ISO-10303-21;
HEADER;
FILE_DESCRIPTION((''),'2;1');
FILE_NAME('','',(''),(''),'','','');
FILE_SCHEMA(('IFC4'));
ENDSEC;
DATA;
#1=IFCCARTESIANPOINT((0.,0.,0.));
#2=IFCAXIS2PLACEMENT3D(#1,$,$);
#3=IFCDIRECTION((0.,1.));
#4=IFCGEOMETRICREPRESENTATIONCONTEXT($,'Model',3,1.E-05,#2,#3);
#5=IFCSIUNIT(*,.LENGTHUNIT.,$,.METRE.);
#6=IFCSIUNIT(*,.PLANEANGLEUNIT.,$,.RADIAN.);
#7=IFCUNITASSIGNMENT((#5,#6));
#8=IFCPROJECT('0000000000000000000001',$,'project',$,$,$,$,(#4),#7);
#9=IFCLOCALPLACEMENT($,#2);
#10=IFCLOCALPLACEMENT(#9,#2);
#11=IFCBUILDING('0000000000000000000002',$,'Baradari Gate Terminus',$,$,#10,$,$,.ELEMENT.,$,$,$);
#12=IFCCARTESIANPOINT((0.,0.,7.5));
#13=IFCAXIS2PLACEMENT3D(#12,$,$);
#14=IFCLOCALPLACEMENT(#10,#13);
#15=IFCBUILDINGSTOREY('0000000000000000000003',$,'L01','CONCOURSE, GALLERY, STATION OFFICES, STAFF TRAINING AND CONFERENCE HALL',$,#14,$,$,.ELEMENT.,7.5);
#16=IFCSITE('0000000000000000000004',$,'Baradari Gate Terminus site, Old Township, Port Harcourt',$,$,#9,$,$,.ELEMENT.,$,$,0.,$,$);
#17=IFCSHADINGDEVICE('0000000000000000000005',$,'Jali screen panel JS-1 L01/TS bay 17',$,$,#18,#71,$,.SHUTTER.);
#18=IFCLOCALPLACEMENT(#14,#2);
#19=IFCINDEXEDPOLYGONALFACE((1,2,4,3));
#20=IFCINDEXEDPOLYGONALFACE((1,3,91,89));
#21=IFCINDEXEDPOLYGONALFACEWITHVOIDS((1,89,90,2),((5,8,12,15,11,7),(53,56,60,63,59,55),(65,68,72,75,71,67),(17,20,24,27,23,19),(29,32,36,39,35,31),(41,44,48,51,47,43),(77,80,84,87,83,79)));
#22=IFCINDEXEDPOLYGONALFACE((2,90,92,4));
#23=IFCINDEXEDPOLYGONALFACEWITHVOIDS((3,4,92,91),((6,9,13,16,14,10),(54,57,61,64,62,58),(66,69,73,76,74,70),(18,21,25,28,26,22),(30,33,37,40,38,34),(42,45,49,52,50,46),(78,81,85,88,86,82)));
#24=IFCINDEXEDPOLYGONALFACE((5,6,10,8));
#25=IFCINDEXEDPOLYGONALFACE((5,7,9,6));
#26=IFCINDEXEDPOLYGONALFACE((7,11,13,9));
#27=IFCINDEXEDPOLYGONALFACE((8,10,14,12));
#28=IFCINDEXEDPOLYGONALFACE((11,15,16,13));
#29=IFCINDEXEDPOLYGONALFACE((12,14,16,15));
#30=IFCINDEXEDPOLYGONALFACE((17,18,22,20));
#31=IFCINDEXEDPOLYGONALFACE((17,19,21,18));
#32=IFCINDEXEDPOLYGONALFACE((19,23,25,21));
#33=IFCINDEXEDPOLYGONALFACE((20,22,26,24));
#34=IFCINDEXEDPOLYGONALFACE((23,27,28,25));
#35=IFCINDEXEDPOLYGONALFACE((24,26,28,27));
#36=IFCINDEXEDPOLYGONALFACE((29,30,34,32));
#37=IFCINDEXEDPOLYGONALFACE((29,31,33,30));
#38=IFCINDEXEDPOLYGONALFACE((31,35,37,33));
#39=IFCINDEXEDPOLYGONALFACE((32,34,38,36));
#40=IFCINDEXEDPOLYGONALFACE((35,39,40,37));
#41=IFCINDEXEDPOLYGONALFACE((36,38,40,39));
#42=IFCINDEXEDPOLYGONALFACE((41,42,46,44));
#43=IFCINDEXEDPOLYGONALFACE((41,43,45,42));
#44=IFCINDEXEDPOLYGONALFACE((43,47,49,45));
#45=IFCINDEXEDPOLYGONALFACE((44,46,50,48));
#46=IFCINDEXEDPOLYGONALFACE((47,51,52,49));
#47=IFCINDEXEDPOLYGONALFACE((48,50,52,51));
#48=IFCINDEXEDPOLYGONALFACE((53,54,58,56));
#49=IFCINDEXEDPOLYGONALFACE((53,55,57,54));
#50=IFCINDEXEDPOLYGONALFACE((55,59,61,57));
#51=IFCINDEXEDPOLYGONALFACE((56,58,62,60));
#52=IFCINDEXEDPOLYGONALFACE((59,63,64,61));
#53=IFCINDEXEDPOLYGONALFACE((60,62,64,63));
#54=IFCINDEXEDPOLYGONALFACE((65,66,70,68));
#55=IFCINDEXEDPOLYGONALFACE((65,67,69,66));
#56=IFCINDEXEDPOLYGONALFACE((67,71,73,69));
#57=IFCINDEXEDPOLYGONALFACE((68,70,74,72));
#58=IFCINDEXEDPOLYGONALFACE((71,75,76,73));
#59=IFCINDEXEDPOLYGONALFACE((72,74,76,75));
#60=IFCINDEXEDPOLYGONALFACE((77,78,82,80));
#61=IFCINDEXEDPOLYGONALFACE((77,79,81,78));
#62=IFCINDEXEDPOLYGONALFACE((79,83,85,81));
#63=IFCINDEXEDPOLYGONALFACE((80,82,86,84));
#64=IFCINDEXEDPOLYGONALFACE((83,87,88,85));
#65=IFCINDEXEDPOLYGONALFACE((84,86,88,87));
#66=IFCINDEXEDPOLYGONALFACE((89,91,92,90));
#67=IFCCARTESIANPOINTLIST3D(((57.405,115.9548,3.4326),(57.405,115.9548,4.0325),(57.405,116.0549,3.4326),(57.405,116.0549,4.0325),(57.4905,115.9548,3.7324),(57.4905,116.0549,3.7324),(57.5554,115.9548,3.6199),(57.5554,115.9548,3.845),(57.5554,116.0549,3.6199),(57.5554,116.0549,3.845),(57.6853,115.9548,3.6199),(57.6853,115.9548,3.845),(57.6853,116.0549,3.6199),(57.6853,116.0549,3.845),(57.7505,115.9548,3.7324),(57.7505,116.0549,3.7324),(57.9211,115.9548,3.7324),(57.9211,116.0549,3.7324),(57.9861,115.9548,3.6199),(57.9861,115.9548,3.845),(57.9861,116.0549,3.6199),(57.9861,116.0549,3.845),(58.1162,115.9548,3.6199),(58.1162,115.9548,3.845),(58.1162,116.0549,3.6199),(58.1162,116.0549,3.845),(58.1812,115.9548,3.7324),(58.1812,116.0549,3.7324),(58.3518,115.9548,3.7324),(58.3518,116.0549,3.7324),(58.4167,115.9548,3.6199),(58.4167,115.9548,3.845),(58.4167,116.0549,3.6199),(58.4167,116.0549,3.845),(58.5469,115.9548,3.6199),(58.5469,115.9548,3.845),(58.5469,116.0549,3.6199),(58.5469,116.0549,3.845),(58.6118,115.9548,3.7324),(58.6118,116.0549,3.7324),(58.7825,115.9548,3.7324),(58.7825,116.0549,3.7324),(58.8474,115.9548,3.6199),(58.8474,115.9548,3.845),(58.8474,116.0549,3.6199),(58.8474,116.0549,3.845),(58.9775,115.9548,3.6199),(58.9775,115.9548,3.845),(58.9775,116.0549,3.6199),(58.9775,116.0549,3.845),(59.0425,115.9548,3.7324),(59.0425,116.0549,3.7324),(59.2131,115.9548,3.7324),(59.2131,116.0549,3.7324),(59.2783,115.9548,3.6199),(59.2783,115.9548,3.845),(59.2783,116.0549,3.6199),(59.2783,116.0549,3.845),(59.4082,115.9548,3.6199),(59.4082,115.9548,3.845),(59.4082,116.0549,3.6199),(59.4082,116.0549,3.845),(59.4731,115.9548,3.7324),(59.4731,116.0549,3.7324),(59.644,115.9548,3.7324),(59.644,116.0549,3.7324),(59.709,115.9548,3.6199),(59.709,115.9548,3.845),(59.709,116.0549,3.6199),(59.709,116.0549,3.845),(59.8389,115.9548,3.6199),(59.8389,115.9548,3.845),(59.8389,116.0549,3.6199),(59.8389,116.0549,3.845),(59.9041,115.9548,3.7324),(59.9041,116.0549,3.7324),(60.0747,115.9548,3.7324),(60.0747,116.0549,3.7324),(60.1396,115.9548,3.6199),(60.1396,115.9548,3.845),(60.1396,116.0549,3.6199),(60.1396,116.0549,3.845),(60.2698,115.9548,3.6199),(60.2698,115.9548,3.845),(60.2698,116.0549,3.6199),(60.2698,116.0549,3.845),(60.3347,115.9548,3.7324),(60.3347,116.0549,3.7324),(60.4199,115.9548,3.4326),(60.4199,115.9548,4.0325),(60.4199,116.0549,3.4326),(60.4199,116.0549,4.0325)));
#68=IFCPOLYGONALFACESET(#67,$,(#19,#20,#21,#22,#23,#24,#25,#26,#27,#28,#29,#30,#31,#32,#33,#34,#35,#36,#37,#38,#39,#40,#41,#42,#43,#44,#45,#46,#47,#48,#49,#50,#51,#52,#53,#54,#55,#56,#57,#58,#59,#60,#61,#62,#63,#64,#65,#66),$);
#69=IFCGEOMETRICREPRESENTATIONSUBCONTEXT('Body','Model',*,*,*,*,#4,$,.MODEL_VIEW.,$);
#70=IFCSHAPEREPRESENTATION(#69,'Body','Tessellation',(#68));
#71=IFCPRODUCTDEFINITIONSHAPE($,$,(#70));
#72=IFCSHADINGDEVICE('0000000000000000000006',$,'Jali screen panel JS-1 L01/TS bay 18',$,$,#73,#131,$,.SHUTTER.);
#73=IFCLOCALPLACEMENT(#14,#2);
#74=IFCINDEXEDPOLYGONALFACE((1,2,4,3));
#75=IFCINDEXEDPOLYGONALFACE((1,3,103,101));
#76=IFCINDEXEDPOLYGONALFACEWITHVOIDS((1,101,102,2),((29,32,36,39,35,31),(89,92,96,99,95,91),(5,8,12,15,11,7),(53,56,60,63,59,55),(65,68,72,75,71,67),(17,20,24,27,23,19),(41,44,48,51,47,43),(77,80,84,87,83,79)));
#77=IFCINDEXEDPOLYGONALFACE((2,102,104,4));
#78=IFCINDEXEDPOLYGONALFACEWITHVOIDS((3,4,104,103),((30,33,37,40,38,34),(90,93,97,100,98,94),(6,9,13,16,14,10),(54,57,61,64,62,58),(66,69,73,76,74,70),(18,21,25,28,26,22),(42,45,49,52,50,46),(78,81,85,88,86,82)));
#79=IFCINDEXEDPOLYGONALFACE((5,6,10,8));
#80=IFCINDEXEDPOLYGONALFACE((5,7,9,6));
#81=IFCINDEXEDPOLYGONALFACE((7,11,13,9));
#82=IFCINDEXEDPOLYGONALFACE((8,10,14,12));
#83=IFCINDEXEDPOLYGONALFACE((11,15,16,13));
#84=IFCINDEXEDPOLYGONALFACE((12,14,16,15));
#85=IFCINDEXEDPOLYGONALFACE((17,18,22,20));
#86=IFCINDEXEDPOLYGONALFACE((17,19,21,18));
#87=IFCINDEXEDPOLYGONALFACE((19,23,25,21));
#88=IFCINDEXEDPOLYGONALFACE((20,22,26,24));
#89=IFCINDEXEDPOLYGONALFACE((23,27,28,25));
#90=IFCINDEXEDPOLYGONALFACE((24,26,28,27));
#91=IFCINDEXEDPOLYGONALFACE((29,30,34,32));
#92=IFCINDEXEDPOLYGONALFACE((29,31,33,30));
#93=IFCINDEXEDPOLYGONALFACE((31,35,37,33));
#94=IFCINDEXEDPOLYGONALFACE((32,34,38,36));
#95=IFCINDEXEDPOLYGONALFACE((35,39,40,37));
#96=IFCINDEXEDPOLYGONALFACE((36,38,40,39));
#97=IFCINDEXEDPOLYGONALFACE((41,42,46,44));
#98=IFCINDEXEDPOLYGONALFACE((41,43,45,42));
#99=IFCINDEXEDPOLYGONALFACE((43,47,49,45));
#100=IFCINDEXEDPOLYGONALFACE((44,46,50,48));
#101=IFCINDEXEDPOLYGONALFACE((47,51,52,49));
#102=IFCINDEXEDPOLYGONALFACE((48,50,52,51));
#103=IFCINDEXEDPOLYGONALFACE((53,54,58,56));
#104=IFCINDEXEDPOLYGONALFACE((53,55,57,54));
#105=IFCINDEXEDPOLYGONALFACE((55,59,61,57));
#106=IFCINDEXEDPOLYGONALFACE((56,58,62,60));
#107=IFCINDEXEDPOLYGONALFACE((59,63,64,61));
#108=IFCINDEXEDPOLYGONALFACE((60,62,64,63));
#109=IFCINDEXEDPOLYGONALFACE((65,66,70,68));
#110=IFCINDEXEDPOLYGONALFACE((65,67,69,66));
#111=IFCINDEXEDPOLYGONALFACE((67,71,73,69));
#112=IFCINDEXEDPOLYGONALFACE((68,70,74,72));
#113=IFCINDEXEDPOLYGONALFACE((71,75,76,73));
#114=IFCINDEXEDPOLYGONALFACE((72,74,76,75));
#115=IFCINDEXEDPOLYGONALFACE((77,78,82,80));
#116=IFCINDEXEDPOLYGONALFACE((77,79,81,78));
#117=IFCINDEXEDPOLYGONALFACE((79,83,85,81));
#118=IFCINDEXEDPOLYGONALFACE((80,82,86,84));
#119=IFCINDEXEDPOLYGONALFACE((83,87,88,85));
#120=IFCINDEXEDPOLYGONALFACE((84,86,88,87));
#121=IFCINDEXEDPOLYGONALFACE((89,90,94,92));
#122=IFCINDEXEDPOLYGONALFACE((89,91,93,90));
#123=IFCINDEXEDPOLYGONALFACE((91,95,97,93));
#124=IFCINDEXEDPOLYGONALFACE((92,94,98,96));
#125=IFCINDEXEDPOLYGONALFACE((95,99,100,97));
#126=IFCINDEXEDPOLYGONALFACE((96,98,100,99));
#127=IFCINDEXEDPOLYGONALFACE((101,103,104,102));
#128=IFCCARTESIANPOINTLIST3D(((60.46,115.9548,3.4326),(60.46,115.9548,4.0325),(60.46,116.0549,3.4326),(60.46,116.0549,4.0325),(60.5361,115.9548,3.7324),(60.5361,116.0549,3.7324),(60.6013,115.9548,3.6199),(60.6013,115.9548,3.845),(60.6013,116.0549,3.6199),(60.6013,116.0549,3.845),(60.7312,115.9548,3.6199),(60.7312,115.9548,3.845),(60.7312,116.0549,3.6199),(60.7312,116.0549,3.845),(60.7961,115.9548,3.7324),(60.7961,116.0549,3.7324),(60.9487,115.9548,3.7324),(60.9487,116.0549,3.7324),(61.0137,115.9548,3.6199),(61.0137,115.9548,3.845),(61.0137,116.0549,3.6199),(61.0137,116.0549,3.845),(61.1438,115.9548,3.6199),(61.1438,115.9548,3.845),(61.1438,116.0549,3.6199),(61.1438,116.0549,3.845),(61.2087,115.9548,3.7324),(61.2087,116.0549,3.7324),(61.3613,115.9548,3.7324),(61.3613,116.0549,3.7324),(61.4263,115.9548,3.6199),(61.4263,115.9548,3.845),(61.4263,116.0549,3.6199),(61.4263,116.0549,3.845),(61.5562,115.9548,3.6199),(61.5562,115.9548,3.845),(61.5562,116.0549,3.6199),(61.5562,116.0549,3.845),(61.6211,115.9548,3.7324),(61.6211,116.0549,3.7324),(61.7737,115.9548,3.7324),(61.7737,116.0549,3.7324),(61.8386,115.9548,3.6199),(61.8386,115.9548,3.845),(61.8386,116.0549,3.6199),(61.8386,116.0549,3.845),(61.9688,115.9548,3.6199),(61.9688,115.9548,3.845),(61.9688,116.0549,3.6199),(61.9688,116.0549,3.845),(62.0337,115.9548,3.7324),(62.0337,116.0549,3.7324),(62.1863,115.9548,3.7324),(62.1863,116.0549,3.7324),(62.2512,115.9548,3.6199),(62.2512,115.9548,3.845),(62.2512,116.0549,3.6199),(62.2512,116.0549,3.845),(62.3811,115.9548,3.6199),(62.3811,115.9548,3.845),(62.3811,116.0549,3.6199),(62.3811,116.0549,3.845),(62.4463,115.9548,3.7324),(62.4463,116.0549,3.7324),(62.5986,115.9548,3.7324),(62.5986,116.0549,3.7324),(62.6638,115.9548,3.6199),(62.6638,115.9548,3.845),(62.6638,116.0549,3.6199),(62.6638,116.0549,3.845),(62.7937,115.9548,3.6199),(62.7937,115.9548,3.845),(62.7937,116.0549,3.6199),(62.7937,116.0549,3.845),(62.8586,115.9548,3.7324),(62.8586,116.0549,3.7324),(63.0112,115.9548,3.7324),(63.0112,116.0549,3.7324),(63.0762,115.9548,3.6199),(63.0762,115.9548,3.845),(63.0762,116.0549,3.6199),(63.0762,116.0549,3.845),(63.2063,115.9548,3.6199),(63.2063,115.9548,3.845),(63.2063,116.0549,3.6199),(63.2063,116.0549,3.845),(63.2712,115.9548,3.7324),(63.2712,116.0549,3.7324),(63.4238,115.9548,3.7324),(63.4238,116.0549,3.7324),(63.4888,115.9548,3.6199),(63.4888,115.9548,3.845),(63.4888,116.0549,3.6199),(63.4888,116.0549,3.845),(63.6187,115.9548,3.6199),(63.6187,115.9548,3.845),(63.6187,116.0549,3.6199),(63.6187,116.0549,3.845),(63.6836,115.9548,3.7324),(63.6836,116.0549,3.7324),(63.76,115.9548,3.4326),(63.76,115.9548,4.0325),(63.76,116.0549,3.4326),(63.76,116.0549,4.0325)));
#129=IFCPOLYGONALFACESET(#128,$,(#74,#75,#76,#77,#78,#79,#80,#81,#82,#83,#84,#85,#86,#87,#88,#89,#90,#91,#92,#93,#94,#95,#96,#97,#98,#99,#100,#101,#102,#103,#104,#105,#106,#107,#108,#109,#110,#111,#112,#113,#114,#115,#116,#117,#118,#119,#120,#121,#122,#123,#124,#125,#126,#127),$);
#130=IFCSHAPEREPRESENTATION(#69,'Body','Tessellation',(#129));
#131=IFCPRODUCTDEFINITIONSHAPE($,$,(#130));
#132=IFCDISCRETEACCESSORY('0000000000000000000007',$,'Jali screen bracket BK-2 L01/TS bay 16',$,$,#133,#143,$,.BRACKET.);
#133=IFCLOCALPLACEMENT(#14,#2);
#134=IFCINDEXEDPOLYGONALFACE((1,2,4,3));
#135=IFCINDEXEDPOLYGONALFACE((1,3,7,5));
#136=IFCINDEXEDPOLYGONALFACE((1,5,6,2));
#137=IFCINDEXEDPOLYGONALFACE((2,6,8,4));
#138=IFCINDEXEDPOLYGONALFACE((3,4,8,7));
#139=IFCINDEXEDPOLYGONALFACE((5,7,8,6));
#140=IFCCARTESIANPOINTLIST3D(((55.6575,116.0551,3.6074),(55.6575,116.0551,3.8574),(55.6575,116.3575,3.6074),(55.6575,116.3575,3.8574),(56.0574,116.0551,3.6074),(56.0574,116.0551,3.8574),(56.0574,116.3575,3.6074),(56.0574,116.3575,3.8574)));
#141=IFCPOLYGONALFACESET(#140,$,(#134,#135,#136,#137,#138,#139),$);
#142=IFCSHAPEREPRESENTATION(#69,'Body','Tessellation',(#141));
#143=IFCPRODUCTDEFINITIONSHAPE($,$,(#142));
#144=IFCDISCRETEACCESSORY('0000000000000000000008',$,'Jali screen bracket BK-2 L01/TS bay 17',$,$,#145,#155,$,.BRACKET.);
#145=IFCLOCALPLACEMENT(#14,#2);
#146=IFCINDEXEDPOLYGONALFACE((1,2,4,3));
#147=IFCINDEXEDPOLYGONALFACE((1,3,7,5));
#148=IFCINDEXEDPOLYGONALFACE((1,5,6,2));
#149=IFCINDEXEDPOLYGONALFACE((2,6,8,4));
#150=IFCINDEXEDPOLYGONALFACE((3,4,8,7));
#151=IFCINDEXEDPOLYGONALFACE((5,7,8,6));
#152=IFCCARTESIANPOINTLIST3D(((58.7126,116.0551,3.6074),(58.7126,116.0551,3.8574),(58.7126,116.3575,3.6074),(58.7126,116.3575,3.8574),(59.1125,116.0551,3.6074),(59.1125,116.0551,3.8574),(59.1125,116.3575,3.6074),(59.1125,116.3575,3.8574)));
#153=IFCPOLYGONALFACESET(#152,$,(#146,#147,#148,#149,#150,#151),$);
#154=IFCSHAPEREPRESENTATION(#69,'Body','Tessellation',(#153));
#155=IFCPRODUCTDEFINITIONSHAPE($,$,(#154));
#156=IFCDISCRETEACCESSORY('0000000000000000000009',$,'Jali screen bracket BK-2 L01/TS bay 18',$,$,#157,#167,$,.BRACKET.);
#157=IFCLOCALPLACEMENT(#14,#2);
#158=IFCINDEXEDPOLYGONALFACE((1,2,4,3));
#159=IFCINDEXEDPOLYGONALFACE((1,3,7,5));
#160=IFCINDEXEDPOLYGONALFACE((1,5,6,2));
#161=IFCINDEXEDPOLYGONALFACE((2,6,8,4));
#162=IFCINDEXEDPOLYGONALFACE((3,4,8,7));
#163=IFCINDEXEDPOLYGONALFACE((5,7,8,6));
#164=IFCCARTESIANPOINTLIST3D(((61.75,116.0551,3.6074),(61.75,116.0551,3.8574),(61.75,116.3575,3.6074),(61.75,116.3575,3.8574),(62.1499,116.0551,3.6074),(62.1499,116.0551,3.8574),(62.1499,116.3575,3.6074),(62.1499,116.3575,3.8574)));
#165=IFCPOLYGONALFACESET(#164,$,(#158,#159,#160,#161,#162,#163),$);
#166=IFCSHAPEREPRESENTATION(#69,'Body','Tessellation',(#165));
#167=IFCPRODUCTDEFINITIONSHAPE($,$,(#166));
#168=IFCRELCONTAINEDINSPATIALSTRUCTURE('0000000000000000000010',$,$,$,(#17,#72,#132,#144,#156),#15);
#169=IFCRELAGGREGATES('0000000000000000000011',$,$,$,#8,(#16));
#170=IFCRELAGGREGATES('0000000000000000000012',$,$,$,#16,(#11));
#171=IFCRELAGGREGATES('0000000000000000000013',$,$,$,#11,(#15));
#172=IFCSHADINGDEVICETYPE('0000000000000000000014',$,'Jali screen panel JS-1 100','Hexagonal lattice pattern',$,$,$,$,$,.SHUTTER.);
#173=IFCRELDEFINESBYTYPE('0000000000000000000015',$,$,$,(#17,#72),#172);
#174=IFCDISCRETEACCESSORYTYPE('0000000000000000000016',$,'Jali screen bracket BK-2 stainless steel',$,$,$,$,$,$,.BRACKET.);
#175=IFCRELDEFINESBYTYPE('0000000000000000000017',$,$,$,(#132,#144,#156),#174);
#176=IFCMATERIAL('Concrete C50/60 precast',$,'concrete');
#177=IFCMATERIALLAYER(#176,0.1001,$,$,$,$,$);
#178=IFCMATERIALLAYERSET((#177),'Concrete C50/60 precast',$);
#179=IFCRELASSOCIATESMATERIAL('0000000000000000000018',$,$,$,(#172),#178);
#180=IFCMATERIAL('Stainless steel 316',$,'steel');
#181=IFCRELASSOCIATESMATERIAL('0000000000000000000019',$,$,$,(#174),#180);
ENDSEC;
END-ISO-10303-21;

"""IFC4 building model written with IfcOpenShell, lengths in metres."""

from ifc_helpers import new_model, si_unit, direction, frame, origin, origin_2d, place, context, subcontext, project, spatial, polyline, rectangle, outline, extrude, material, layer, layer_set, type_object, element, save


model = new_model("IFC4")

# Units and contexts
model_context = context("Model", 3, precision=1e-05, world=origin(), true_north=direction((0.0, 1.0)))
body_context = subcontext(model_context, "Body", "Model", "MODEL_VIEW")
ifc_project = project(units=[si_unit("LENGTHUNIT", "METRE"), si_unit("PLANEANGLEUNIT", "RADIAN")], contexts=[model_context])

# Site, building, storey
site_placement = place(None, origin())
site = spatial("IfcSite", under=ifc_project, at=site_placement, Name="Baradari Gate Terminus site, Old Township, Port Harcourt", CompositionType="ELEMENT", RefElevation=0.0)
building_placement = place(site_placement, origin())
building = spatial("IfcBuilding", under=site, at=building_placement, Name="Baradari Gate Terminus", CompositionType="ELEMENT")
storey_placement = place(building_placement, frame((0.0, 0.0, 7.5)))
storey = spatial("IfcBuildingStorey", under=building, at=storey_placement, Name="L01", Description="CONCOURSE, GALLERY, STATION OFFICES, STAFF TRAINING AND CONFERENCE HALL", CompositionType="ELEMENT", Elevation=7.5)

# Shading devices
ifc_material_1 = material(Name="Concrete C50/60 precast", Category="concrete")
ifc_layer_1 = layer(ifc_material_1, 0.1001)
ifc_layer_set_1 = layer_set([ifc_layer_1], Name="Concrete C50/60 precast")
shading_device_type = type_object("IfcShadingDeviceType", Name="Jali screen panel JS-1 100", Description="Hexagonal lattice pattern", PredefinedType="SHUTTER", material=ifc_layer_set_1)
shading_device_1_placement = place(storey_placement, frame((57.405, 116.0049, 3.4326), z_axis=(0.0, 0.0, 1.0), x_axis=(1.0, 0.0, 0.0)))
element("IfcShadingDevice", 1, at=shading_device_1_placement, inside=storey, type_object=shading_device_type, Name="Jali screen panel JS-1 L01/TS bay 17", PredefinedType="SHUTTER", context=body_context, shape_type="SweptSolid", body=[
    extrude(outline(polyline([(0.0, 0.0), (3.0149, 0.0), (3.0149, 0.5999), (0.0, 0.5999), (0.0, 0.0)]), holes=[polyline([(0.3455, 0.2998), (0.2803, 0.1873), (0.1504, 0.1873), (0.0854, 0.2998), (0.1504, 0.4124), (0.2803, 0.4124), (0.3455, 0.2998)]), polyline([(0.7761, 0.2998), (0.7112, 0.1873), (0.5811, 0.1873), (0.5161, 0.2998), (0.5811, 0.4124), (0.7112, 0.4124), (0.7761, 0.2998)]), polyline([(1.2068, 0.2998), (1.1418, 0.1873), (1.0117, 0.1873), (0.9468, 0.2998), (1.0117, 0.4124), (1.1418, 0.4124), (1.2068, 0.2998)]), polyline([(1.6375, 0.2998), (1.5725, 0.1873), (1.4424, 0.1873), (1.3774, 0.2998), (1.4424, 0.4124), (1.5725, 0.4124), (1.6375, 0.2998)]), polyline([(2.0681, 0.2998), (2.0032, 0.1873), (1.8733, 0.1873), (1.8081, 0.2998), (1.8733, 0.4124), (2.0032, 0.4124), (2.0681, 0.2998)]), polyline([(2.499, 0.2998), (2.4338, 0.1873), (2.304, 0.1873), (2.239, 0.2998), (2.304, 0.4124), (2.4338, 0.4124), (2.499, 0.2998)]), polyline([(2.9297, 0.2998), (2.8647, 0.1873), (2.7346, 0.1873), (2.6697, 0.2998), (2.7346, 0.4124), (2.8647, 0.4124), (2.9297, 0.2998)])]), frame((0.0, 0.05, 0.0), z_axis=(0.0, -1.0, 0.0), x_axis=(1.0, 0.0, 0.0)), (0.0, 0.0, 1.0), 0.1001),
])
shading_device_2_placement = place(storey_placement, frame((60.46, 116.0049, 3.4326), z_axis=(0.0, 0.0, 1.0), x_axis=(1.0, 0.0, 0.0)))
element("IfcShadingDevice", 2, at=shading_device_2_placement, inside=storey, type_object=shading_device_type, Name="Jali screen panel JS-1 L01/TS bay 18", PredefinedType="SHUTTER", context=body_context, shape_type="SweptSolid", body=[
    extrude(outline(polyline([(0.0, 0.0), (3.3, 0.0), (3.3, 0.5999), (0.0, 0.5999), (0.0, 0.0)]), holes=[polyline([(0.3362, 0.2998), (0.2712, 0.1873), (0.1414, 0.1873), (0.0762, 0.2998), (0.1414, 0.4124), (0.2712, 0.4124), (0.3362, 0.2998)]), polyline([(0.7488, 0.2998), (0.6838, 0.1873), (0.5537, 0.1873), (0.4888, 0.2998), (0.5537, 0.4124), (0.6838, 0.4124), (0.7488, 0.2998)]), polyline([(1.1611, 0.2998), (1.0962, 0.1873), (0.9663, 0.1873), (0.9014, 0.2998), (0.9663, 0.4124), (1.0962, 0.4124), (1.1611, 0.2998)]), polyline([(1.5737, 0.2998), (1.5088, 0.1873), (1.3787, 0.1873), (1.3137, 0.2998), (1.3787, 0.4124), (1.5088, 0.4124), (1.5737, 0.2998)]), polyline([(1.9863, 0.2998), (1.9211, 0.1873), (1.7913, 0.1873), (1.7263, 0.2998), (1.7913, 0.4124), (1.9211, 0.4124), (1.9863, 0.2998)]), polyline([(2.3987, 0.2998), (2.3337, 0.1873), (2.2039, 0.1873), (2.1387, 0.2998), (2.2039, 0.4124), (2.3337, 0.4124), (2.3987, 0.2998)]), polyline([(2.8113, 0.2998), (2.7463, 0.1873), (2.6162, 0.1873), (2.5513, 0.2998), (2.6162, 0.4124), (2.7463, 0.4124), (2.8113, 0.2998)]), polyline([(3.2236, 0.2998), (3.1587, 0.1873), (3.0288, 0.1873), (2.9639, 0.2998), (3.0288, 0.4124), (3.1587, 0.4124), (3.2236, 0.2998)])]), frame((0.0, 0.05, 0.0), z_axis=(0.0, -1.0, 0.0), x_axis=(1.0, 0.0, 0.0)), (0.0, 0.0, 1.0), 0.1001),
])

# Discrete accessories
ifc_material_2 = material(Name="Stainless steel 316", Category="steel")
discrete_accessory_type = type_object("IfcDiscreteAccessoryType", Name="Jali screen bracket BK-2 stainless steel", PredefinedType="BRACKET", material=ifc_material_2)
for number, where, z_axis, x_axis, name in (
    (3, (55.8574, 116.2063, 3.6074), (0.0, 0.0, 1.0), (0.0, -1.0, 0.0), "Jali screen bracket BK-2 L01/TS bay 16"),
    (4, (58.9126, 116.2063, 3.6074), (0.0, 0.0, 1.0), (0.0, -1.0, 0.0), "Jali screen bracket BK-2 L01/TS bay 17"),
    (5, (61.95, 116.2063, 3.6074), (0.0, 0.0, 1.0), (0.0, -1.0, 0.0), "Jali screen bracket BK-2 L01/TS bay 18"),
):
    element("IfcDiscreteAccessory", number, at=place(storey_placement, frame(where, z_axis=z_axis, x_axis=x_axis)), inside=storey, type_object=discrete_accessory_type, Name=name, PredefinedType="BRACKET", context=body_context, shape_type="SweptSolid", body=[
        extrude(rectangle(XDim=0.3025, YDim=0.3999, at=origin_2d()), origin(), (0.0, 0.0, 1.0), 0.25),
    ])

save(model, "model.ifc")
